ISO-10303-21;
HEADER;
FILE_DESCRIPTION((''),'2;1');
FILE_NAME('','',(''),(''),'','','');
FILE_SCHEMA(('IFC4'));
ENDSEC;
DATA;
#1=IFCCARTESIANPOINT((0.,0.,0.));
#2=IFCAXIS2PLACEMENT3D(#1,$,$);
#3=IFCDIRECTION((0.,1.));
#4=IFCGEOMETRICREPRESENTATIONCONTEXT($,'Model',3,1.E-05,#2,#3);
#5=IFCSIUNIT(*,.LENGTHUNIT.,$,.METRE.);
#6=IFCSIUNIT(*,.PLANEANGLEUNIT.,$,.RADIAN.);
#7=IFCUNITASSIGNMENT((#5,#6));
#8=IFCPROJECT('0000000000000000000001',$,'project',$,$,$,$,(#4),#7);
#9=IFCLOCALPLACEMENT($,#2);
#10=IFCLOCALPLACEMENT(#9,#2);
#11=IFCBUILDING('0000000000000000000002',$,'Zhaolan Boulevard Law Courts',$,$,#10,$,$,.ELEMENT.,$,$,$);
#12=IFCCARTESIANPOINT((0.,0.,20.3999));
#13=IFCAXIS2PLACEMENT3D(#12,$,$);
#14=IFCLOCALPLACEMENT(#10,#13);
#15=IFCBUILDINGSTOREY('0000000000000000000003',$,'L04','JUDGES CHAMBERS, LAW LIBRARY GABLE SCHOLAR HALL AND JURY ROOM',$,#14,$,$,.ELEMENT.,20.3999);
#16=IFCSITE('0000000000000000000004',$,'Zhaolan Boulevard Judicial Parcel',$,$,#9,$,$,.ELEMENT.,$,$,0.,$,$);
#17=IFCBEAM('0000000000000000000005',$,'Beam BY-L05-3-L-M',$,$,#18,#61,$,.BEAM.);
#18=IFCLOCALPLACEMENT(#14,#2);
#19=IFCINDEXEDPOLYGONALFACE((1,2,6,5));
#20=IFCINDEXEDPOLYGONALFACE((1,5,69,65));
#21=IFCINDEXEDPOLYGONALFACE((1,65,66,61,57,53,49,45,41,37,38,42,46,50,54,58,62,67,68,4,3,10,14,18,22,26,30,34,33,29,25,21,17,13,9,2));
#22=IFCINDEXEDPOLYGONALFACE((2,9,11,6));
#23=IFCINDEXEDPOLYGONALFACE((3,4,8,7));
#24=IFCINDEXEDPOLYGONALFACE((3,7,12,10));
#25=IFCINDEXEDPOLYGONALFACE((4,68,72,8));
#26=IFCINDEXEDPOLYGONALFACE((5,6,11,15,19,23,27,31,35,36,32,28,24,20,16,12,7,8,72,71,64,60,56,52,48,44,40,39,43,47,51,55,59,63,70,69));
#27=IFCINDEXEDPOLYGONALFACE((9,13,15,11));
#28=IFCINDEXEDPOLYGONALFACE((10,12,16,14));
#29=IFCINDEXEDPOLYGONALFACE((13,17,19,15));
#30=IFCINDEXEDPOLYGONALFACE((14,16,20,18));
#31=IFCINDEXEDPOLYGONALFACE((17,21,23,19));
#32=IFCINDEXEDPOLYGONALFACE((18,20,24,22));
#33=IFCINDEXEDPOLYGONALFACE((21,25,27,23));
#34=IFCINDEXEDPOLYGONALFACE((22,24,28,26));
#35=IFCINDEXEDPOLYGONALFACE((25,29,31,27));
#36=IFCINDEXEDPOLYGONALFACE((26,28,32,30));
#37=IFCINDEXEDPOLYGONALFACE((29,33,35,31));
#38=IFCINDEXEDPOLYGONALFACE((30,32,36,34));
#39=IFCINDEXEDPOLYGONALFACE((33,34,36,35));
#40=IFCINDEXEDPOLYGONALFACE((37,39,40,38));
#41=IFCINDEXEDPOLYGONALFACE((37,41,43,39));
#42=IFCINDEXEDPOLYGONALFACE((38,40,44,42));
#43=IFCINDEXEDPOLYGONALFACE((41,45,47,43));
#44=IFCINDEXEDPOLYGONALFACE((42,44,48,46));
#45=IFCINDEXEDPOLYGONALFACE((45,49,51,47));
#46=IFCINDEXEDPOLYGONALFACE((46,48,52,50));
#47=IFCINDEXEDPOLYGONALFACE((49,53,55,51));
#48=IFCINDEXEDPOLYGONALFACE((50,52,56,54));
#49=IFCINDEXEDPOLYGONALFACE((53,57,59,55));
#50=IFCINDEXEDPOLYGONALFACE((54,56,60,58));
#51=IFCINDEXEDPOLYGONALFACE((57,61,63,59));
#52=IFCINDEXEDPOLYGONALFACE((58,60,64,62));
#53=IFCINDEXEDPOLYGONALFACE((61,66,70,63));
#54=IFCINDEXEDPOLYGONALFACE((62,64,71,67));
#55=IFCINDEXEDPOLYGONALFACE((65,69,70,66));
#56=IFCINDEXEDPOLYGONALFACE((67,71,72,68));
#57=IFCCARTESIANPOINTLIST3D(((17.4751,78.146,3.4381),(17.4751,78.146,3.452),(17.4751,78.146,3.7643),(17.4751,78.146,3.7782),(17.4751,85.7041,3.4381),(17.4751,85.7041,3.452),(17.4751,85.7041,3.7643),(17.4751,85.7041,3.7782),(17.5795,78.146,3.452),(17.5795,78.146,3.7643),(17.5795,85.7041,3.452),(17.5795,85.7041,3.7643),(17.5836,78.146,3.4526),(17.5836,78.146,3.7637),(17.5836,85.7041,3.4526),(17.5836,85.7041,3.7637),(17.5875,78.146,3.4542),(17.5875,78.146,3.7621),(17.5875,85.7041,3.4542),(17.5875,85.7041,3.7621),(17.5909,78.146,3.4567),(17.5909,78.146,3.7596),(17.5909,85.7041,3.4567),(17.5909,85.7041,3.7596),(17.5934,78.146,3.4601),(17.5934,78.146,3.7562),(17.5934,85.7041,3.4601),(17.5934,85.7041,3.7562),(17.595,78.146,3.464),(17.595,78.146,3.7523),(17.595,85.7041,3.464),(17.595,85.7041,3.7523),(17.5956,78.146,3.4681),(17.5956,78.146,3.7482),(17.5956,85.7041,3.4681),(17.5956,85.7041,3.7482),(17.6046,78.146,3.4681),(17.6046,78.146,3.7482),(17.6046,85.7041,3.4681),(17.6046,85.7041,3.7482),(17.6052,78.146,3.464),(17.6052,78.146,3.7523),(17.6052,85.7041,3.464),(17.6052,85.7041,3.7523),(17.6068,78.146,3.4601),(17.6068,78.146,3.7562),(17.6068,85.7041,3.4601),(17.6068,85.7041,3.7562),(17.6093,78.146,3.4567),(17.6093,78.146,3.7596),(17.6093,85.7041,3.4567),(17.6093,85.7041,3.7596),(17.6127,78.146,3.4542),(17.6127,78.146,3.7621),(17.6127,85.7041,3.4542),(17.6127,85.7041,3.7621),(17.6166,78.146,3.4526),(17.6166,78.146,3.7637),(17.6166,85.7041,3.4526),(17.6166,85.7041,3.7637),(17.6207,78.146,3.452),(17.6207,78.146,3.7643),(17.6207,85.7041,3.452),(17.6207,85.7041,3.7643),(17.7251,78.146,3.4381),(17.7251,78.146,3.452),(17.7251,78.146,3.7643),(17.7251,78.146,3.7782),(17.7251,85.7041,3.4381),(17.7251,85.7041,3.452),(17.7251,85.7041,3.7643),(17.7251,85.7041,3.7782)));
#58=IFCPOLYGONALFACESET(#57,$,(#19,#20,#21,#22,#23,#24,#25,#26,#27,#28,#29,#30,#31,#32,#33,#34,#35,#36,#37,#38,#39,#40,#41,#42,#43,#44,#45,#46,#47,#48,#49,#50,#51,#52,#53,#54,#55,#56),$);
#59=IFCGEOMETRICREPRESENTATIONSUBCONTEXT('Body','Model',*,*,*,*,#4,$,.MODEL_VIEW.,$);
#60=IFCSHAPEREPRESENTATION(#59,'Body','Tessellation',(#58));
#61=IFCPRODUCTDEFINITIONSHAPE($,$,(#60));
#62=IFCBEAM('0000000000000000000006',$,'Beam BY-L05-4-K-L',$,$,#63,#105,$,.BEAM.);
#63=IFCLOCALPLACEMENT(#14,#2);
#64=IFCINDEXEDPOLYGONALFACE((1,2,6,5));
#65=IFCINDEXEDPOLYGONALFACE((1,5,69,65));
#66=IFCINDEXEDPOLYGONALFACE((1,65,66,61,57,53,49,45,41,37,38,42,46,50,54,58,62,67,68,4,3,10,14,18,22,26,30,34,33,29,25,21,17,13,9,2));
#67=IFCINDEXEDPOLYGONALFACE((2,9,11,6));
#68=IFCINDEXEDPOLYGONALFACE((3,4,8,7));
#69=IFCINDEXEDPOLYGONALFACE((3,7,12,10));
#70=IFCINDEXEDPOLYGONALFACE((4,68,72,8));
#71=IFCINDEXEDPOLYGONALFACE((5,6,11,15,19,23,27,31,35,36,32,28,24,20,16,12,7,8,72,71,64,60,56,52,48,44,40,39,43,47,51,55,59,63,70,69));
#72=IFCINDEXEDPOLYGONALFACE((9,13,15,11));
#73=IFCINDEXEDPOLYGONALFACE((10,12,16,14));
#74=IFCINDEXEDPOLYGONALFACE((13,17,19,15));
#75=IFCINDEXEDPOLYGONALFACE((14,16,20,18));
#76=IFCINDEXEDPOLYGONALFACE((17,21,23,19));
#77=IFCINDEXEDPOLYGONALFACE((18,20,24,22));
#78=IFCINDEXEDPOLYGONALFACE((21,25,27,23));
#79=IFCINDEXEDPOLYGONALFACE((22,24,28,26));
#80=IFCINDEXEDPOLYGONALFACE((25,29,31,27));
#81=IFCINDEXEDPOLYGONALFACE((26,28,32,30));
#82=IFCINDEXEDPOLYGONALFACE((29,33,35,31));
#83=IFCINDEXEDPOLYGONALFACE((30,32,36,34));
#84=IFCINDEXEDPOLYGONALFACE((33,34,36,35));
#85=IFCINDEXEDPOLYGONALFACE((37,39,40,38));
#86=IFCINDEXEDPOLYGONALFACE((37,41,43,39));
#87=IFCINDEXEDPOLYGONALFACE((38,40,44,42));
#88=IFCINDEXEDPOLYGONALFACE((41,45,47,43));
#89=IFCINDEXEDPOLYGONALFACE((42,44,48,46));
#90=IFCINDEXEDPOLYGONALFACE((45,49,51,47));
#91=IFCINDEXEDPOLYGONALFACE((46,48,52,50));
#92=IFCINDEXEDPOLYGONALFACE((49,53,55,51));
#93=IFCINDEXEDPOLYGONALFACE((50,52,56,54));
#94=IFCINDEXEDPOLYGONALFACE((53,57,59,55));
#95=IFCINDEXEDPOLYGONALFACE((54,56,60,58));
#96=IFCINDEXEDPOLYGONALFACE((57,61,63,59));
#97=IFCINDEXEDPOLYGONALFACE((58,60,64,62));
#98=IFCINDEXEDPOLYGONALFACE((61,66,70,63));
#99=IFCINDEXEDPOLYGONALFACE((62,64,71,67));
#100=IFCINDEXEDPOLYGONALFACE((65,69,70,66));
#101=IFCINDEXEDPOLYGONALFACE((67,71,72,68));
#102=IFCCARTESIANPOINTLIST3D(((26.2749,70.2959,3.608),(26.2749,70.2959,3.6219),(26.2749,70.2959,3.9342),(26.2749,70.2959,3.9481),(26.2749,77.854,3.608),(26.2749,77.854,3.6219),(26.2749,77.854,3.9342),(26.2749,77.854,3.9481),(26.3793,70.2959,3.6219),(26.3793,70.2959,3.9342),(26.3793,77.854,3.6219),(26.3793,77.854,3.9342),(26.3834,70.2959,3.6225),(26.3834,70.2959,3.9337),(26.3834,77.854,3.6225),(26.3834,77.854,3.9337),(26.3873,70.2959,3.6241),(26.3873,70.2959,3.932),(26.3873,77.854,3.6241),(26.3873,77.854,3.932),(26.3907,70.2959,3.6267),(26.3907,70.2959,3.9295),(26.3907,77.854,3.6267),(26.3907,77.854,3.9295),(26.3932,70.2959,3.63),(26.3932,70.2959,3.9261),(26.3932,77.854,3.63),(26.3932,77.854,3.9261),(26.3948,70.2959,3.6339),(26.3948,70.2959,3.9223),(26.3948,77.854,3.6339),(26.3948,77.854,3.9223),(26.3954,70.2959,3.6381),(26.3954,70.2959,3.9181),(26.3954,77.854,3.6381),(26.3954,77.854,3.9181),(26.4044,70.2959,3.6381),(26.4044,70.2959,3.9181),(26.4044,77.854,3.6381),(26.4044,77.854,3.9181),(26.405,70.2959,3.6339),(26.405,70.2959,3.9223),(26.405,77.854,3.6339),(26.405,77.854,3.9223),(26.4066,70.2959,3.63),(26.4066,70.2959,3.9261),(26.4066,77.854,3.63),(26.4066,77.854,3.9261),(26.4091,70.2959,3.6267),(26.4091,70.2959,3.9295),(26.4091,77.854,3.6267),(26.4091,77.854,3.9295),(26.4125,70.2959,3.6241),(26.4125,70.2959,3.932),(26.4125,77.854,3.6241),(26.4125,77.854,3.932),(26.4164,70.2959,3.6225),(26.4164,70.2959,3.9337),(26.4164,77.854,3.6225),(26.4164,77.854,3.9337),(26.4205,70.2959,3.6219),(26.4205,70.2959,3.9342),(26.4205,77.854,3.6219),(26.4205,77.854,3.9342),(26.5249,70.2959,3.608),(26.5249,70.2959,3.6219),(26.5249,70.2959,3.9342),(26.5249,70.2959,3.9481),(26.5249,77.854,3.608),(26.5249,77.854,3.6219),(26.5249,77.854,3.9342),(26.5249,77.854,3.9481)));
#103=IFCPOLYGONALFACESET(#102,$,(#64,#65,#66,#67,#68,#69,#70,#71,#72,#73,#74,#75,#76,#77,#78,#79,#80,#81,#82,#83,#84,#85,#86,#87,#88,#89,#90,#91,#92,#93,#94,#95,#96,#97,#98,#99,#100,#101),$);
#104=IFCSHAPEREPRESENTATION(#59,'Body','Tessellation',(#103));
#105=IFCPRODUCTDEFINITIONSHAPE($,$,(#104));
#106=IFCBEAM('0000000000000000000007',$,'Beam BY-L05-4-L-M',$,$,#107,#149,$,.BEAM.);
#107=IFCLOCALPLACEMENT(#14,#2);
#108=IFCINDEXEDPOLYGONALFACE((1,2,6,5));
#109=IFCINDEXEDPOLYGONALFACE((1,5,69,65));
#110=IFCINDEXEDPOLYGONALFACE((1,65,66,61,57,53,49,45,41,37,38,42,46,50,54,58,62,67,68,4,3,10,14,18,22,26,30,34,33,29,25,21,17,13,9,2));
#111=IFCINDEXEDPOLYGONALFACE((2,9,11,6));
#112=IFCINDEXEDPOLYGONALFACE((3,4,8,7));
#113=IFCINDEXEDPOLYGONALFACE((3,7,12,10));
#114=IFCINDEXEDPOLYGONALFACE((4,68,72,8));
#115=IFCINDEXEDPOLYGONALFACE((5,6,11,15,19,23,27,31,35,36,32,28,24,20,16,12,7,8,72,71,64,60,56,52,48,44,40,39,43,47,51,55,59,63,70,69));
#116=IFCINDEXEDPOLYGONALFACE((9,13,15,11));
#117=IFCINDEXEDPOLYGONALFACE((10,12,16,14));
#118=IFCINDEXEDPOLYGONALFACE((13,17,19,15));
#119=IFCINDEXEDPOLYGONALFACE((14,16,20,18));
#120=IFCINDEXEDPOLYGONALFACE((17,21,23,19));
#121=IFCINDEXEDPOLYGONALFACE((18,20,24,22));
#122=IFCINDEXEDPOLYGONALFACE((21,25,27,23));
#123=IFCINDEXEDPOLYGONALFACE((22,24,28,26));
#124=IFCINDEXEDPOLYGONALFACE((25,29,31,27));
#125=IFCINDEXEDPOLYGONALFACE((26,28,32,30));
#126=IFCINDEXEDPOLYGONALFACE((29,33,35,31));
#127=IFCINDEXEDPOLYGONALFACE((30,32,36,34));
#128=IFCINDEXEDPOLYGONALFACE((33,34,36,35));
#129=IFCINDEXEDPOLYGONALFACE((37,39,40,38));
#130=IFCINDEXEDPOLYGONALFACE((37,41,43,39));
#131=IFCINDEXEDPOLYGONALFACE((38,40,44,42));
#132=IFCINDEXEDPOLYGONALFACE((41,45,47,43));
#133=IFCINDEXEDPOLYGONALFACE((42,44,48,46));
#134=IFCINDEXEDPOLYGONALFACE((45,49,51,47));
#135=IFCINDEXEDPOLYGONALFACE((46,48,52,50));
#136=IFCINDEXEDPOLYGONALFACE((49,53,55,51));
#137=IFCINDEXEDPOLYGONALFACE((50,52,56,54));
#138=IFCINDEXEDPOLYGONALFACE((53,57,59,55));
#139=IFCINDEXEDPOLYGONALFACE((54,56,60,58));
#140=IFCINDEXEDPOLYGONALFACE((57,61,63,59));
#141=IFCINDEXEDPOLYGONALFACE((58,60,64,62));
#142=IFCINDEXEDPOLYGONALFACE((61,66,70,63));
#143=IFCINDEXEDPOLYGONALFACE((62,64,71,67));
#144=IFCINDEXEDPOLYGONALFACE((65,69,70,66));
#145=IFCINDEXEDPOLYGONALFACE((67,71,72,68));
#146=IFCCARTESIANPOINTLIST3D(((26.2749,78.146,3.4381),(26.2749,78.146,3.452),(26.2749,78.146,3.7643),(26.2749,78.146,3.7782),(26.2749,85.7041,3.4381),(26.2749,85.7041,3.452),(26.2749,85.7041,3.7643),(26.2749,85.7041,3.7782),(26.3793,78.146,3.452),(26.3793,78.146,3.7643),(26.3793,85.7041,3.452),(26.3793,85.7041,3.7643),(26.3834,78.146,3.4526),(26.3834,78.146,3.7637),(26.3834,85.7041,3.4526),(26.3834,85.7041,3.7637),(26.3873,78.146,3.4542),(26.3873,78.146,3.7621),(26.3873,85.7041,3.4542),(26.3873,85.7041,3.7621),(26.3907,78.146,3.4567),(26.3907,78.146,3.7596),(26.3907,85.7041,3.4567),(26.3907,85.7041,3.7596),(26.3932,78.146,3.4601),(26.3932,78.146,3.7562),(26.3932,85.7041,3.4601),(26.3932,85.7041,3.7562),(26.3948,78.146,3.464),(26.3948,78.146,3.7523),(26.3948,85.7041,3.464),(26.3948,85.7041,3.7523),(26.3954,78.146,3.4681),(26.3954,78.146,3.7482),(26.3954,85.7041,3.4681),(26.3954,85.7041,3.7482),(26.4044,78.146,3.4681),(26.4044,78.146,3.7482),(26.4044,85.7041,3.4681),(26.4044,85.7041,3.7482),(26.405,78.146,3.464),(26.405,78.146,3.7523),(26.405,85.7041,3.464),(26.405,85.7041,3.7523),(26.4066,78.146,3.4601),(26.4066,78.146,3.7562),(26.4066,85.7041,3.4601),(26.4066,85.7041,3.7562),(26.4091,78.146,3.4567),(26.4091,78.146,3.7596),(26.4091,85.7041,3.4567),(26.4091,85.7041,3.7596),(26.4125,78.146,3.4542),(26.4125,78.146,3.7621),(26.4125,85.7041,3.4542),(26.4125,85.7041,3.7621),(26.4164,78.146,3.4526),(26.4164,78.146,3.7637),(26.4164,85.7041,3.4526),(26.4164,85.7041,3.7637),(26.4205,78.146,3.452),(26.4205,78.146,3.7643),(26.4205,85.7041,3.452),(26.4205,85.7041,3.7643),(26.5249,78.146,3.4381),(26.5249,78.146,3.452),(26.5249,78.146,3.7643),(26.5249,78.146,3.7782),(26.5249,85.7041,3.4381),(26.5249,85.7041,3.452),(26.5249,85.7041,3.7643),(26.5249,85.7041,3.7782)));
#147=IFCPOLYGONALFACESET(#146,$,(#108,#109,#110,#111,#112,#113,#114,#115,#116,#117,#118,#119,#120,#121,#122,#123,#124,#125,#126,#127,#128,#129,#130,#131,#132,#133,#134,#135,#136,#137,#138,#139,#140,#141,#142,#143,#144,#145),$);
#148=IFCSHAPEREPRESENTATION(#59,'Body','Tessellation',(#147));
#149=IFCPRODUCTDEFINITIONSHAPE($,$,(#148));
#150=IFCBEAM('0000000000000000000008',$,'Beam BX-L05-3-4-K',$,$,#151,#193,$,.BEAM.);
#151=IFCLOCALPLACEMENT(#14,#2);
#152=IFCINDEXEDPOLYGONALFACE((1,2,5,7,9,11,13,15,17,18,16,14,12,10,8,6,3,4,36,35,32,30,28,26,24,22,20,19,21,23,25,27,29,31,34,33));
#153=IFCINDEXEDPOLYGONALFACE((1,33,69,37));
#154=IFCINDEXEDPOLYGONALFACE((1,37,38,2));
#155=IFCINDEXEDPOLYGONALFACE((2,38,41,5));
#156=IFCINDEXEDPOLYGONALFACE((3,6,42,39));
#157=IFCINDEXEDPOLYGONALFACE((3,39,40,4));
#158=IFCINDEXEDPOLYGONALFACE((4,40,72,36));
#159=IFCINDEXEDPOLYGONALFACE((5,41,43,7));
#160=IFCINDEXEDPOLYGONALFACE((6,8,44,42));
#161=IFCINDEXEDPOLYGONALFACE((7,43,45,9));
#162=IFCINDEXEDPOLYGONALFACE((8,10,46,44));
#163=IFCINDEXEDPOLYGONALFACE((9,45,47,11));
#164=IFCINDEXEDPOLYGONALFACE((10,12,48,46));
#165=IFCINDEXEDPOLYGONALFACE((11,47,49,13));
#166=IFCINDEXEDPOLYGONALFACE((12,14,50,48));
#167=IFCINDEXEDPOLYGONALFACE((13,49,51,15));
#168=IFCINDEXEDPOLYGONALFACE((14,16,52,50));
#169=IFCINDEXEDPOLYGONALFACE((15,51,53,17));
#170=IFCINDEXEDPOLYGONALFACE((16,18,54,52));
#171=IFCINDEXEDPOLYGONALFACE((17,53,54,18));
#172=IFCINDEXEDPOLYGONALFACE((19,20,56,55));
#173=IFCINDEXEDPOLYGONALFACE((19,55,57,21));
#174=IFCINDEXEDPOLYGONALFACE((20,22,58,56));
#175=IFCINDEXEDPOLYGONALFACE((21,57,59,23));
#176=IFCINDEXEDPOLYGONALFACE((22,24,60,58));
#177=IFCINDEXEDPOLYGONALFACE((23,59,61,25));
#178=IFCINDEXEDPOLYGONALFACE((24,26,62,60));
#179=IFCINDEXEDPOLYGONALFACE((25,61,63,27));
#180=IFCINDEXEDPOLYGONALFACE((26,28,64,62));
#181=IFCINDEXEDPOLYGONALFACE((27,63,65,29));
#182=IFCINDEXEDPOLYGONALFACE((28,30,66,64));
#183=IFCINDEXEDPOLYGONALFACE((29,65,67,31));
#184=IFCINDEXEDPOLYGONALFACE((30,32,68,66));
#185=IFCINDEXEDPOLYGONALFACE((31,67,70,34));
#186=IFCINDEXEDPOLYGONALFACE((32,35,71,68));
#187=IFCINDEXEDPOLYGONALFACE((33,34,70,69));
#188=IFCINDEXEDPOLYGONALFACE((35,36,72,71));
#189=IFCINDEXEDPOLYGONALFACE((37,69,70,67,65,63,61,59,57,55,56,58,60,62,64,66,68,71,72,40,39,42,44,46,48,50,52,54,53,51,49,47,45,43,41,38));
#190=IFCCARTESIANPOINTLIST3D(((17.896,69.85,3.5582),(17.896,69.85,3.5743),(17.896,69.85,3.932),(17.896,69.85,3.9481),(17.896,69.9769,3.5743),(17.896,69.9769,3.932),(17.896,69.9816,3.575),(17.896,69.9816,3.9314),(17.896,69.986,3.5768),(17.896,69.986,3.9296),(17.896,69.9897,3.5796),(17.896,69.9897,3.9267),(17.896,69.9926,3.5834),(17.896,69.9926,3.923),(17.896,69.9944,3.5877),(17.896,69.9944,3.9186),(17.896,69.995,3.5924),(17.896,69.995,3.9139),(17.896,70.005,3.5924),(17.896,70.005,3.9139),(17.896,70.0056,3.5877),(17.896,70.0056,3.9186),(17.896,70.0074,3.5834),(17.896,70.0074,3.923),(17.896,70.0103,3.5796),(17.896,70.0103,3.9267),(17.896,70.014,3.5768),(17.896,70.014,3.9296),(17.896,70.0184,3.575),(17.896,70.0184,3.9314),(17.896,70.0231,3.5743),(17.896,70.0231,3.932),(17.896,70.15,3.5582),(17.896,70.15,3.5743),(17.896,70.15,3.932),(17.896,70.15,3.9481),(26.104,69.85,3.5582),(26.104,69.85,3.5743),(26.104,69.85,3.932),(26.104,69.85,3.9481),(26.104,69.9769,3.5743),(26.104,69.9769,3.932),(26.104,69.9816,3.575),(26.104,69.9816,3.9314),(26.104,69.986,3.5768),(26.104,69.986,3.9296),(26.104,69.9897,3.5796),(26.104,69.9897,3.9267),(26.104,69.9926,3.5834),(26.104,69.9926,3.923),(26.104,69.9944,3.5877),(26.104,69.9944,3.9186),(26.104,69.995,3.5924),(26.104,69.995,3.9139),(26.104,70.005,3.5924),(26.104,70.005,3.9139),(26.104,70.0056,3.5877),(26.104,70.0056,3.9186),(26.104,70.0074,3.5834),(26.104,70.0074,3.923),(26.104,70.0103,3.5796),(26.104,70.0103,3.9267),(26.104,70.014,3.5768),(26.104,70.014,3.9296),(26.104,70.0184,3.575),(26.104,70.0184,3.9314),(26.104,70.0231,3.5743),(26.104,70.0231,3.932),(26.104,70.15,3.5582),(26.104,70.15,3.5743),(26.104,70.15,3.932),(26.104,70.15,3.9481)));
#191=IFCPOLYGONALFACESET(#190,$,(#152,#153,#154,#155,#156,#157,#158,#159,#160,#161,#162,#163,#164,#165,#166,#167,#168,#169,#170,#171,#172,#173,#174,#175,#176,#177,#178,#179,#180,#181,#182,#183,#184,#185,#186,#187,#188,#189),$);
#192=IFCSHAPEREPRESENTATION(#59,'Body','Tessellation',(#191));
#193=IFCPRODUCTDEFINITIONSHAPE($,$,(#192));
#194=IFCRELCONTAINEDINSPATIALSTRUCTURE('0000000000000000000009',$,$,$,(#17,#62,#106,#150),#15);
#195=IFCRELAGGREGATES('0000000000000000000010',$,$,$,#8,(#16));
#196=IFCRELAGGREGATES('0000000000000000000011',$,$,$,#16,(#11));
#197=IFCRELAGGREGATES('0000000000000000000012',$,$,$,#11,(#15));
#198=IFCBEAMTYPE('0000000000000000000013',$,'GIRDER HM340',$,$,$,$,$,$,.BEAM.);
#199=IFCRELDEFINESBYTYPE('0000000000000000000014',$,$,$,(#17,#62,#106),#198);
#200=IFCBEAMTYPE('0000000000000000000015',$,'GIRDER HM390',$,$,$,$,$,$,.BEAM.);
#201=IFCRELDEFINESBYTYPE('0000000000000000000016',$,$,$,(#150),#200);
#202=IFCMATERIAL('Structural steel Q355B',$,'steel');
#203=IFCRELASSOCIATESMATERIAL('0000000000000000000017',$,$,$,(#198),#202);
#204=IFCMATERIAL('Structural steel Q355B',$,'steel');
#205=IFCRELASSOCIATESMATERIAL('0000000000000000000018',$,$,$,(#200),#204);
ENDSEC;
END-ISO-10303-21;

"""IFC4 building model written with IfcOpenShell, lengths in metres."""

from ifc_helpers import new_model, si_unit, direction, frame, origin, origin_2d, place, context, subcontext, project, spatial, i_section, extrude, material, material_profile, profile_set, type_object, element, save


model = new_model("IFC4")

# Units and contexts
model_context = context("Model", 3, precision=1e-05, world=origin(), true_north=direction((0.0, 1.0)))
body_context = subcontext(model_context, "Body", "Model", "MODEL_VIEW")
ifc_project = project(units=[si_unit("LENGTHUNIT", "METRE"), si_unit("PLANEANGLEUNIT", "RADIAN")], contexts=[model_context])

# Site, building, storey
site_placement = place(None, origin())
site = spatial("IfcSite", under=ifc_project, at=site_placement, Name="Zhaolan Boulevard Judicial Parcel", CompositionType="ELEMENT", RefElevation=0.0)
building_placement = place(site_placement, origin())
building = spatial("IfcBuilding", under=site, at=building_placement, Name="Zhaolan Boulevard Law Courts", CompositionType="ELEMENT")
storey_placement = place(building_placement, frame((0.0, 0.0, 20.3999)))
storey = spatial("IfcBuildingStorey", under=building, at=storey_placement, Name="L04", Description="JUDGES CHAMBERS, LAW LIBRARY GABLE SCHOLAR HALL AND JURY ROOM", CompositionType="ELEMENT", Elevation=20.3999)

# Beams
ifc_material_1 = material(Name="Structural steel Q355B", Category="steel")
ifc_material_profile_1 = material_profile(ifc_material_1, i_section(OverallWidth=0.25, OverallDepth=0.3401, WebThickness=0.009, FlangeThickness=0.0139, FilletRadius=0.0161, at=origin_2d()), Name="HM340x250")
ifc_profile_set_1 = profile_set([ifc_material_profile_1], Name="Structural steel Q355B")
beam_type_1 = type_object("IfcBeamType", Name="GIRDER HM340", PredefinedType="BEAM", material=ifc_profile_set_1)
for number, where, z_axis, x_axis, name in (
    (1, (17.6001, 78.146, 3.6082), (0.0, 1.0, 0.0), (-1.0, 0.0, 0.0), "Beam BY-L05-3-L-M"),
    (2, (26.3999, 70.2959, 3.7781), (0.0, 1.0, 0.0), (-1.0, 0.0, 0.0), "Beam BY-L05-4-K-L"),
    (3, (26.3999, 78.146, 3.6082), (0.0, 1.0, 0.0), (-1.0, 0.0, 0.0), "Beam BY-L05-4-L-M"),
):
    element("IfcBeam", number, at=place(storey_placement, frame(where, z_axis=z_axis, x_axis=x_axis)), inside=storey, type_object=beam_type_1, Name=name, PredefinedType="BEAM", context=body_context, shape_type="SweptSolid", body=[
        extrude(i_section(OverallWidth=0.25, OverallDepth=0.3401, WebThickness=0.009, FlangeThickness=0.0139, FilletRadius=0.0161, at=origin_2d()), origin(), (0.0, 0.0, 1.0), 7.5581),
    ])
ifc_material_2 = material(Name="Structural steel Q355B", Category="steel")
ifc_material_profile_2 = material_profile(ifc_material_2, i_section(OverallWidth=0.3, OverallDepth=0.3899, WebThickness=0.01, FlangeThickness=0.0161, FilletRadius=0.0181, at=origin_2d()), Name="HM390x300")
ifc_profile_set_2 = profile_set([ifc_material_profile_2], Name="Structural steel Q355B")
beam_type_2 = type_object("IfcBeamType", Name="GIRDER HM390", PredefinedType="BEAM", material=ifc_profile_set_2)
beam_1_placement = place(storey_placement, frame((17.896, 70.0, 3.7532), z_axis=(1.0, 0.0, 0.0), x_axis=(0.0, 1.0, 0.0)))
element("IfcBeam", 4, at=beam_1_placement, inside=storey, type_object=beam_type_2, Name="Beam BX-L05-3-4-K", PredefinedType="BEAM", context=body_context, shape_type="SweptSolid", body=[
    extrude(i_section(OverallWidth=0.3, OverallDepth=0.3899, WebThickness=0.01, FlangeThickness=0.0161, FilletRadius=0.0181, at=origin_2d()), origin(), (0.0, 0.0, 1.0), 8.208),
])

save(model, "model.ifc")
